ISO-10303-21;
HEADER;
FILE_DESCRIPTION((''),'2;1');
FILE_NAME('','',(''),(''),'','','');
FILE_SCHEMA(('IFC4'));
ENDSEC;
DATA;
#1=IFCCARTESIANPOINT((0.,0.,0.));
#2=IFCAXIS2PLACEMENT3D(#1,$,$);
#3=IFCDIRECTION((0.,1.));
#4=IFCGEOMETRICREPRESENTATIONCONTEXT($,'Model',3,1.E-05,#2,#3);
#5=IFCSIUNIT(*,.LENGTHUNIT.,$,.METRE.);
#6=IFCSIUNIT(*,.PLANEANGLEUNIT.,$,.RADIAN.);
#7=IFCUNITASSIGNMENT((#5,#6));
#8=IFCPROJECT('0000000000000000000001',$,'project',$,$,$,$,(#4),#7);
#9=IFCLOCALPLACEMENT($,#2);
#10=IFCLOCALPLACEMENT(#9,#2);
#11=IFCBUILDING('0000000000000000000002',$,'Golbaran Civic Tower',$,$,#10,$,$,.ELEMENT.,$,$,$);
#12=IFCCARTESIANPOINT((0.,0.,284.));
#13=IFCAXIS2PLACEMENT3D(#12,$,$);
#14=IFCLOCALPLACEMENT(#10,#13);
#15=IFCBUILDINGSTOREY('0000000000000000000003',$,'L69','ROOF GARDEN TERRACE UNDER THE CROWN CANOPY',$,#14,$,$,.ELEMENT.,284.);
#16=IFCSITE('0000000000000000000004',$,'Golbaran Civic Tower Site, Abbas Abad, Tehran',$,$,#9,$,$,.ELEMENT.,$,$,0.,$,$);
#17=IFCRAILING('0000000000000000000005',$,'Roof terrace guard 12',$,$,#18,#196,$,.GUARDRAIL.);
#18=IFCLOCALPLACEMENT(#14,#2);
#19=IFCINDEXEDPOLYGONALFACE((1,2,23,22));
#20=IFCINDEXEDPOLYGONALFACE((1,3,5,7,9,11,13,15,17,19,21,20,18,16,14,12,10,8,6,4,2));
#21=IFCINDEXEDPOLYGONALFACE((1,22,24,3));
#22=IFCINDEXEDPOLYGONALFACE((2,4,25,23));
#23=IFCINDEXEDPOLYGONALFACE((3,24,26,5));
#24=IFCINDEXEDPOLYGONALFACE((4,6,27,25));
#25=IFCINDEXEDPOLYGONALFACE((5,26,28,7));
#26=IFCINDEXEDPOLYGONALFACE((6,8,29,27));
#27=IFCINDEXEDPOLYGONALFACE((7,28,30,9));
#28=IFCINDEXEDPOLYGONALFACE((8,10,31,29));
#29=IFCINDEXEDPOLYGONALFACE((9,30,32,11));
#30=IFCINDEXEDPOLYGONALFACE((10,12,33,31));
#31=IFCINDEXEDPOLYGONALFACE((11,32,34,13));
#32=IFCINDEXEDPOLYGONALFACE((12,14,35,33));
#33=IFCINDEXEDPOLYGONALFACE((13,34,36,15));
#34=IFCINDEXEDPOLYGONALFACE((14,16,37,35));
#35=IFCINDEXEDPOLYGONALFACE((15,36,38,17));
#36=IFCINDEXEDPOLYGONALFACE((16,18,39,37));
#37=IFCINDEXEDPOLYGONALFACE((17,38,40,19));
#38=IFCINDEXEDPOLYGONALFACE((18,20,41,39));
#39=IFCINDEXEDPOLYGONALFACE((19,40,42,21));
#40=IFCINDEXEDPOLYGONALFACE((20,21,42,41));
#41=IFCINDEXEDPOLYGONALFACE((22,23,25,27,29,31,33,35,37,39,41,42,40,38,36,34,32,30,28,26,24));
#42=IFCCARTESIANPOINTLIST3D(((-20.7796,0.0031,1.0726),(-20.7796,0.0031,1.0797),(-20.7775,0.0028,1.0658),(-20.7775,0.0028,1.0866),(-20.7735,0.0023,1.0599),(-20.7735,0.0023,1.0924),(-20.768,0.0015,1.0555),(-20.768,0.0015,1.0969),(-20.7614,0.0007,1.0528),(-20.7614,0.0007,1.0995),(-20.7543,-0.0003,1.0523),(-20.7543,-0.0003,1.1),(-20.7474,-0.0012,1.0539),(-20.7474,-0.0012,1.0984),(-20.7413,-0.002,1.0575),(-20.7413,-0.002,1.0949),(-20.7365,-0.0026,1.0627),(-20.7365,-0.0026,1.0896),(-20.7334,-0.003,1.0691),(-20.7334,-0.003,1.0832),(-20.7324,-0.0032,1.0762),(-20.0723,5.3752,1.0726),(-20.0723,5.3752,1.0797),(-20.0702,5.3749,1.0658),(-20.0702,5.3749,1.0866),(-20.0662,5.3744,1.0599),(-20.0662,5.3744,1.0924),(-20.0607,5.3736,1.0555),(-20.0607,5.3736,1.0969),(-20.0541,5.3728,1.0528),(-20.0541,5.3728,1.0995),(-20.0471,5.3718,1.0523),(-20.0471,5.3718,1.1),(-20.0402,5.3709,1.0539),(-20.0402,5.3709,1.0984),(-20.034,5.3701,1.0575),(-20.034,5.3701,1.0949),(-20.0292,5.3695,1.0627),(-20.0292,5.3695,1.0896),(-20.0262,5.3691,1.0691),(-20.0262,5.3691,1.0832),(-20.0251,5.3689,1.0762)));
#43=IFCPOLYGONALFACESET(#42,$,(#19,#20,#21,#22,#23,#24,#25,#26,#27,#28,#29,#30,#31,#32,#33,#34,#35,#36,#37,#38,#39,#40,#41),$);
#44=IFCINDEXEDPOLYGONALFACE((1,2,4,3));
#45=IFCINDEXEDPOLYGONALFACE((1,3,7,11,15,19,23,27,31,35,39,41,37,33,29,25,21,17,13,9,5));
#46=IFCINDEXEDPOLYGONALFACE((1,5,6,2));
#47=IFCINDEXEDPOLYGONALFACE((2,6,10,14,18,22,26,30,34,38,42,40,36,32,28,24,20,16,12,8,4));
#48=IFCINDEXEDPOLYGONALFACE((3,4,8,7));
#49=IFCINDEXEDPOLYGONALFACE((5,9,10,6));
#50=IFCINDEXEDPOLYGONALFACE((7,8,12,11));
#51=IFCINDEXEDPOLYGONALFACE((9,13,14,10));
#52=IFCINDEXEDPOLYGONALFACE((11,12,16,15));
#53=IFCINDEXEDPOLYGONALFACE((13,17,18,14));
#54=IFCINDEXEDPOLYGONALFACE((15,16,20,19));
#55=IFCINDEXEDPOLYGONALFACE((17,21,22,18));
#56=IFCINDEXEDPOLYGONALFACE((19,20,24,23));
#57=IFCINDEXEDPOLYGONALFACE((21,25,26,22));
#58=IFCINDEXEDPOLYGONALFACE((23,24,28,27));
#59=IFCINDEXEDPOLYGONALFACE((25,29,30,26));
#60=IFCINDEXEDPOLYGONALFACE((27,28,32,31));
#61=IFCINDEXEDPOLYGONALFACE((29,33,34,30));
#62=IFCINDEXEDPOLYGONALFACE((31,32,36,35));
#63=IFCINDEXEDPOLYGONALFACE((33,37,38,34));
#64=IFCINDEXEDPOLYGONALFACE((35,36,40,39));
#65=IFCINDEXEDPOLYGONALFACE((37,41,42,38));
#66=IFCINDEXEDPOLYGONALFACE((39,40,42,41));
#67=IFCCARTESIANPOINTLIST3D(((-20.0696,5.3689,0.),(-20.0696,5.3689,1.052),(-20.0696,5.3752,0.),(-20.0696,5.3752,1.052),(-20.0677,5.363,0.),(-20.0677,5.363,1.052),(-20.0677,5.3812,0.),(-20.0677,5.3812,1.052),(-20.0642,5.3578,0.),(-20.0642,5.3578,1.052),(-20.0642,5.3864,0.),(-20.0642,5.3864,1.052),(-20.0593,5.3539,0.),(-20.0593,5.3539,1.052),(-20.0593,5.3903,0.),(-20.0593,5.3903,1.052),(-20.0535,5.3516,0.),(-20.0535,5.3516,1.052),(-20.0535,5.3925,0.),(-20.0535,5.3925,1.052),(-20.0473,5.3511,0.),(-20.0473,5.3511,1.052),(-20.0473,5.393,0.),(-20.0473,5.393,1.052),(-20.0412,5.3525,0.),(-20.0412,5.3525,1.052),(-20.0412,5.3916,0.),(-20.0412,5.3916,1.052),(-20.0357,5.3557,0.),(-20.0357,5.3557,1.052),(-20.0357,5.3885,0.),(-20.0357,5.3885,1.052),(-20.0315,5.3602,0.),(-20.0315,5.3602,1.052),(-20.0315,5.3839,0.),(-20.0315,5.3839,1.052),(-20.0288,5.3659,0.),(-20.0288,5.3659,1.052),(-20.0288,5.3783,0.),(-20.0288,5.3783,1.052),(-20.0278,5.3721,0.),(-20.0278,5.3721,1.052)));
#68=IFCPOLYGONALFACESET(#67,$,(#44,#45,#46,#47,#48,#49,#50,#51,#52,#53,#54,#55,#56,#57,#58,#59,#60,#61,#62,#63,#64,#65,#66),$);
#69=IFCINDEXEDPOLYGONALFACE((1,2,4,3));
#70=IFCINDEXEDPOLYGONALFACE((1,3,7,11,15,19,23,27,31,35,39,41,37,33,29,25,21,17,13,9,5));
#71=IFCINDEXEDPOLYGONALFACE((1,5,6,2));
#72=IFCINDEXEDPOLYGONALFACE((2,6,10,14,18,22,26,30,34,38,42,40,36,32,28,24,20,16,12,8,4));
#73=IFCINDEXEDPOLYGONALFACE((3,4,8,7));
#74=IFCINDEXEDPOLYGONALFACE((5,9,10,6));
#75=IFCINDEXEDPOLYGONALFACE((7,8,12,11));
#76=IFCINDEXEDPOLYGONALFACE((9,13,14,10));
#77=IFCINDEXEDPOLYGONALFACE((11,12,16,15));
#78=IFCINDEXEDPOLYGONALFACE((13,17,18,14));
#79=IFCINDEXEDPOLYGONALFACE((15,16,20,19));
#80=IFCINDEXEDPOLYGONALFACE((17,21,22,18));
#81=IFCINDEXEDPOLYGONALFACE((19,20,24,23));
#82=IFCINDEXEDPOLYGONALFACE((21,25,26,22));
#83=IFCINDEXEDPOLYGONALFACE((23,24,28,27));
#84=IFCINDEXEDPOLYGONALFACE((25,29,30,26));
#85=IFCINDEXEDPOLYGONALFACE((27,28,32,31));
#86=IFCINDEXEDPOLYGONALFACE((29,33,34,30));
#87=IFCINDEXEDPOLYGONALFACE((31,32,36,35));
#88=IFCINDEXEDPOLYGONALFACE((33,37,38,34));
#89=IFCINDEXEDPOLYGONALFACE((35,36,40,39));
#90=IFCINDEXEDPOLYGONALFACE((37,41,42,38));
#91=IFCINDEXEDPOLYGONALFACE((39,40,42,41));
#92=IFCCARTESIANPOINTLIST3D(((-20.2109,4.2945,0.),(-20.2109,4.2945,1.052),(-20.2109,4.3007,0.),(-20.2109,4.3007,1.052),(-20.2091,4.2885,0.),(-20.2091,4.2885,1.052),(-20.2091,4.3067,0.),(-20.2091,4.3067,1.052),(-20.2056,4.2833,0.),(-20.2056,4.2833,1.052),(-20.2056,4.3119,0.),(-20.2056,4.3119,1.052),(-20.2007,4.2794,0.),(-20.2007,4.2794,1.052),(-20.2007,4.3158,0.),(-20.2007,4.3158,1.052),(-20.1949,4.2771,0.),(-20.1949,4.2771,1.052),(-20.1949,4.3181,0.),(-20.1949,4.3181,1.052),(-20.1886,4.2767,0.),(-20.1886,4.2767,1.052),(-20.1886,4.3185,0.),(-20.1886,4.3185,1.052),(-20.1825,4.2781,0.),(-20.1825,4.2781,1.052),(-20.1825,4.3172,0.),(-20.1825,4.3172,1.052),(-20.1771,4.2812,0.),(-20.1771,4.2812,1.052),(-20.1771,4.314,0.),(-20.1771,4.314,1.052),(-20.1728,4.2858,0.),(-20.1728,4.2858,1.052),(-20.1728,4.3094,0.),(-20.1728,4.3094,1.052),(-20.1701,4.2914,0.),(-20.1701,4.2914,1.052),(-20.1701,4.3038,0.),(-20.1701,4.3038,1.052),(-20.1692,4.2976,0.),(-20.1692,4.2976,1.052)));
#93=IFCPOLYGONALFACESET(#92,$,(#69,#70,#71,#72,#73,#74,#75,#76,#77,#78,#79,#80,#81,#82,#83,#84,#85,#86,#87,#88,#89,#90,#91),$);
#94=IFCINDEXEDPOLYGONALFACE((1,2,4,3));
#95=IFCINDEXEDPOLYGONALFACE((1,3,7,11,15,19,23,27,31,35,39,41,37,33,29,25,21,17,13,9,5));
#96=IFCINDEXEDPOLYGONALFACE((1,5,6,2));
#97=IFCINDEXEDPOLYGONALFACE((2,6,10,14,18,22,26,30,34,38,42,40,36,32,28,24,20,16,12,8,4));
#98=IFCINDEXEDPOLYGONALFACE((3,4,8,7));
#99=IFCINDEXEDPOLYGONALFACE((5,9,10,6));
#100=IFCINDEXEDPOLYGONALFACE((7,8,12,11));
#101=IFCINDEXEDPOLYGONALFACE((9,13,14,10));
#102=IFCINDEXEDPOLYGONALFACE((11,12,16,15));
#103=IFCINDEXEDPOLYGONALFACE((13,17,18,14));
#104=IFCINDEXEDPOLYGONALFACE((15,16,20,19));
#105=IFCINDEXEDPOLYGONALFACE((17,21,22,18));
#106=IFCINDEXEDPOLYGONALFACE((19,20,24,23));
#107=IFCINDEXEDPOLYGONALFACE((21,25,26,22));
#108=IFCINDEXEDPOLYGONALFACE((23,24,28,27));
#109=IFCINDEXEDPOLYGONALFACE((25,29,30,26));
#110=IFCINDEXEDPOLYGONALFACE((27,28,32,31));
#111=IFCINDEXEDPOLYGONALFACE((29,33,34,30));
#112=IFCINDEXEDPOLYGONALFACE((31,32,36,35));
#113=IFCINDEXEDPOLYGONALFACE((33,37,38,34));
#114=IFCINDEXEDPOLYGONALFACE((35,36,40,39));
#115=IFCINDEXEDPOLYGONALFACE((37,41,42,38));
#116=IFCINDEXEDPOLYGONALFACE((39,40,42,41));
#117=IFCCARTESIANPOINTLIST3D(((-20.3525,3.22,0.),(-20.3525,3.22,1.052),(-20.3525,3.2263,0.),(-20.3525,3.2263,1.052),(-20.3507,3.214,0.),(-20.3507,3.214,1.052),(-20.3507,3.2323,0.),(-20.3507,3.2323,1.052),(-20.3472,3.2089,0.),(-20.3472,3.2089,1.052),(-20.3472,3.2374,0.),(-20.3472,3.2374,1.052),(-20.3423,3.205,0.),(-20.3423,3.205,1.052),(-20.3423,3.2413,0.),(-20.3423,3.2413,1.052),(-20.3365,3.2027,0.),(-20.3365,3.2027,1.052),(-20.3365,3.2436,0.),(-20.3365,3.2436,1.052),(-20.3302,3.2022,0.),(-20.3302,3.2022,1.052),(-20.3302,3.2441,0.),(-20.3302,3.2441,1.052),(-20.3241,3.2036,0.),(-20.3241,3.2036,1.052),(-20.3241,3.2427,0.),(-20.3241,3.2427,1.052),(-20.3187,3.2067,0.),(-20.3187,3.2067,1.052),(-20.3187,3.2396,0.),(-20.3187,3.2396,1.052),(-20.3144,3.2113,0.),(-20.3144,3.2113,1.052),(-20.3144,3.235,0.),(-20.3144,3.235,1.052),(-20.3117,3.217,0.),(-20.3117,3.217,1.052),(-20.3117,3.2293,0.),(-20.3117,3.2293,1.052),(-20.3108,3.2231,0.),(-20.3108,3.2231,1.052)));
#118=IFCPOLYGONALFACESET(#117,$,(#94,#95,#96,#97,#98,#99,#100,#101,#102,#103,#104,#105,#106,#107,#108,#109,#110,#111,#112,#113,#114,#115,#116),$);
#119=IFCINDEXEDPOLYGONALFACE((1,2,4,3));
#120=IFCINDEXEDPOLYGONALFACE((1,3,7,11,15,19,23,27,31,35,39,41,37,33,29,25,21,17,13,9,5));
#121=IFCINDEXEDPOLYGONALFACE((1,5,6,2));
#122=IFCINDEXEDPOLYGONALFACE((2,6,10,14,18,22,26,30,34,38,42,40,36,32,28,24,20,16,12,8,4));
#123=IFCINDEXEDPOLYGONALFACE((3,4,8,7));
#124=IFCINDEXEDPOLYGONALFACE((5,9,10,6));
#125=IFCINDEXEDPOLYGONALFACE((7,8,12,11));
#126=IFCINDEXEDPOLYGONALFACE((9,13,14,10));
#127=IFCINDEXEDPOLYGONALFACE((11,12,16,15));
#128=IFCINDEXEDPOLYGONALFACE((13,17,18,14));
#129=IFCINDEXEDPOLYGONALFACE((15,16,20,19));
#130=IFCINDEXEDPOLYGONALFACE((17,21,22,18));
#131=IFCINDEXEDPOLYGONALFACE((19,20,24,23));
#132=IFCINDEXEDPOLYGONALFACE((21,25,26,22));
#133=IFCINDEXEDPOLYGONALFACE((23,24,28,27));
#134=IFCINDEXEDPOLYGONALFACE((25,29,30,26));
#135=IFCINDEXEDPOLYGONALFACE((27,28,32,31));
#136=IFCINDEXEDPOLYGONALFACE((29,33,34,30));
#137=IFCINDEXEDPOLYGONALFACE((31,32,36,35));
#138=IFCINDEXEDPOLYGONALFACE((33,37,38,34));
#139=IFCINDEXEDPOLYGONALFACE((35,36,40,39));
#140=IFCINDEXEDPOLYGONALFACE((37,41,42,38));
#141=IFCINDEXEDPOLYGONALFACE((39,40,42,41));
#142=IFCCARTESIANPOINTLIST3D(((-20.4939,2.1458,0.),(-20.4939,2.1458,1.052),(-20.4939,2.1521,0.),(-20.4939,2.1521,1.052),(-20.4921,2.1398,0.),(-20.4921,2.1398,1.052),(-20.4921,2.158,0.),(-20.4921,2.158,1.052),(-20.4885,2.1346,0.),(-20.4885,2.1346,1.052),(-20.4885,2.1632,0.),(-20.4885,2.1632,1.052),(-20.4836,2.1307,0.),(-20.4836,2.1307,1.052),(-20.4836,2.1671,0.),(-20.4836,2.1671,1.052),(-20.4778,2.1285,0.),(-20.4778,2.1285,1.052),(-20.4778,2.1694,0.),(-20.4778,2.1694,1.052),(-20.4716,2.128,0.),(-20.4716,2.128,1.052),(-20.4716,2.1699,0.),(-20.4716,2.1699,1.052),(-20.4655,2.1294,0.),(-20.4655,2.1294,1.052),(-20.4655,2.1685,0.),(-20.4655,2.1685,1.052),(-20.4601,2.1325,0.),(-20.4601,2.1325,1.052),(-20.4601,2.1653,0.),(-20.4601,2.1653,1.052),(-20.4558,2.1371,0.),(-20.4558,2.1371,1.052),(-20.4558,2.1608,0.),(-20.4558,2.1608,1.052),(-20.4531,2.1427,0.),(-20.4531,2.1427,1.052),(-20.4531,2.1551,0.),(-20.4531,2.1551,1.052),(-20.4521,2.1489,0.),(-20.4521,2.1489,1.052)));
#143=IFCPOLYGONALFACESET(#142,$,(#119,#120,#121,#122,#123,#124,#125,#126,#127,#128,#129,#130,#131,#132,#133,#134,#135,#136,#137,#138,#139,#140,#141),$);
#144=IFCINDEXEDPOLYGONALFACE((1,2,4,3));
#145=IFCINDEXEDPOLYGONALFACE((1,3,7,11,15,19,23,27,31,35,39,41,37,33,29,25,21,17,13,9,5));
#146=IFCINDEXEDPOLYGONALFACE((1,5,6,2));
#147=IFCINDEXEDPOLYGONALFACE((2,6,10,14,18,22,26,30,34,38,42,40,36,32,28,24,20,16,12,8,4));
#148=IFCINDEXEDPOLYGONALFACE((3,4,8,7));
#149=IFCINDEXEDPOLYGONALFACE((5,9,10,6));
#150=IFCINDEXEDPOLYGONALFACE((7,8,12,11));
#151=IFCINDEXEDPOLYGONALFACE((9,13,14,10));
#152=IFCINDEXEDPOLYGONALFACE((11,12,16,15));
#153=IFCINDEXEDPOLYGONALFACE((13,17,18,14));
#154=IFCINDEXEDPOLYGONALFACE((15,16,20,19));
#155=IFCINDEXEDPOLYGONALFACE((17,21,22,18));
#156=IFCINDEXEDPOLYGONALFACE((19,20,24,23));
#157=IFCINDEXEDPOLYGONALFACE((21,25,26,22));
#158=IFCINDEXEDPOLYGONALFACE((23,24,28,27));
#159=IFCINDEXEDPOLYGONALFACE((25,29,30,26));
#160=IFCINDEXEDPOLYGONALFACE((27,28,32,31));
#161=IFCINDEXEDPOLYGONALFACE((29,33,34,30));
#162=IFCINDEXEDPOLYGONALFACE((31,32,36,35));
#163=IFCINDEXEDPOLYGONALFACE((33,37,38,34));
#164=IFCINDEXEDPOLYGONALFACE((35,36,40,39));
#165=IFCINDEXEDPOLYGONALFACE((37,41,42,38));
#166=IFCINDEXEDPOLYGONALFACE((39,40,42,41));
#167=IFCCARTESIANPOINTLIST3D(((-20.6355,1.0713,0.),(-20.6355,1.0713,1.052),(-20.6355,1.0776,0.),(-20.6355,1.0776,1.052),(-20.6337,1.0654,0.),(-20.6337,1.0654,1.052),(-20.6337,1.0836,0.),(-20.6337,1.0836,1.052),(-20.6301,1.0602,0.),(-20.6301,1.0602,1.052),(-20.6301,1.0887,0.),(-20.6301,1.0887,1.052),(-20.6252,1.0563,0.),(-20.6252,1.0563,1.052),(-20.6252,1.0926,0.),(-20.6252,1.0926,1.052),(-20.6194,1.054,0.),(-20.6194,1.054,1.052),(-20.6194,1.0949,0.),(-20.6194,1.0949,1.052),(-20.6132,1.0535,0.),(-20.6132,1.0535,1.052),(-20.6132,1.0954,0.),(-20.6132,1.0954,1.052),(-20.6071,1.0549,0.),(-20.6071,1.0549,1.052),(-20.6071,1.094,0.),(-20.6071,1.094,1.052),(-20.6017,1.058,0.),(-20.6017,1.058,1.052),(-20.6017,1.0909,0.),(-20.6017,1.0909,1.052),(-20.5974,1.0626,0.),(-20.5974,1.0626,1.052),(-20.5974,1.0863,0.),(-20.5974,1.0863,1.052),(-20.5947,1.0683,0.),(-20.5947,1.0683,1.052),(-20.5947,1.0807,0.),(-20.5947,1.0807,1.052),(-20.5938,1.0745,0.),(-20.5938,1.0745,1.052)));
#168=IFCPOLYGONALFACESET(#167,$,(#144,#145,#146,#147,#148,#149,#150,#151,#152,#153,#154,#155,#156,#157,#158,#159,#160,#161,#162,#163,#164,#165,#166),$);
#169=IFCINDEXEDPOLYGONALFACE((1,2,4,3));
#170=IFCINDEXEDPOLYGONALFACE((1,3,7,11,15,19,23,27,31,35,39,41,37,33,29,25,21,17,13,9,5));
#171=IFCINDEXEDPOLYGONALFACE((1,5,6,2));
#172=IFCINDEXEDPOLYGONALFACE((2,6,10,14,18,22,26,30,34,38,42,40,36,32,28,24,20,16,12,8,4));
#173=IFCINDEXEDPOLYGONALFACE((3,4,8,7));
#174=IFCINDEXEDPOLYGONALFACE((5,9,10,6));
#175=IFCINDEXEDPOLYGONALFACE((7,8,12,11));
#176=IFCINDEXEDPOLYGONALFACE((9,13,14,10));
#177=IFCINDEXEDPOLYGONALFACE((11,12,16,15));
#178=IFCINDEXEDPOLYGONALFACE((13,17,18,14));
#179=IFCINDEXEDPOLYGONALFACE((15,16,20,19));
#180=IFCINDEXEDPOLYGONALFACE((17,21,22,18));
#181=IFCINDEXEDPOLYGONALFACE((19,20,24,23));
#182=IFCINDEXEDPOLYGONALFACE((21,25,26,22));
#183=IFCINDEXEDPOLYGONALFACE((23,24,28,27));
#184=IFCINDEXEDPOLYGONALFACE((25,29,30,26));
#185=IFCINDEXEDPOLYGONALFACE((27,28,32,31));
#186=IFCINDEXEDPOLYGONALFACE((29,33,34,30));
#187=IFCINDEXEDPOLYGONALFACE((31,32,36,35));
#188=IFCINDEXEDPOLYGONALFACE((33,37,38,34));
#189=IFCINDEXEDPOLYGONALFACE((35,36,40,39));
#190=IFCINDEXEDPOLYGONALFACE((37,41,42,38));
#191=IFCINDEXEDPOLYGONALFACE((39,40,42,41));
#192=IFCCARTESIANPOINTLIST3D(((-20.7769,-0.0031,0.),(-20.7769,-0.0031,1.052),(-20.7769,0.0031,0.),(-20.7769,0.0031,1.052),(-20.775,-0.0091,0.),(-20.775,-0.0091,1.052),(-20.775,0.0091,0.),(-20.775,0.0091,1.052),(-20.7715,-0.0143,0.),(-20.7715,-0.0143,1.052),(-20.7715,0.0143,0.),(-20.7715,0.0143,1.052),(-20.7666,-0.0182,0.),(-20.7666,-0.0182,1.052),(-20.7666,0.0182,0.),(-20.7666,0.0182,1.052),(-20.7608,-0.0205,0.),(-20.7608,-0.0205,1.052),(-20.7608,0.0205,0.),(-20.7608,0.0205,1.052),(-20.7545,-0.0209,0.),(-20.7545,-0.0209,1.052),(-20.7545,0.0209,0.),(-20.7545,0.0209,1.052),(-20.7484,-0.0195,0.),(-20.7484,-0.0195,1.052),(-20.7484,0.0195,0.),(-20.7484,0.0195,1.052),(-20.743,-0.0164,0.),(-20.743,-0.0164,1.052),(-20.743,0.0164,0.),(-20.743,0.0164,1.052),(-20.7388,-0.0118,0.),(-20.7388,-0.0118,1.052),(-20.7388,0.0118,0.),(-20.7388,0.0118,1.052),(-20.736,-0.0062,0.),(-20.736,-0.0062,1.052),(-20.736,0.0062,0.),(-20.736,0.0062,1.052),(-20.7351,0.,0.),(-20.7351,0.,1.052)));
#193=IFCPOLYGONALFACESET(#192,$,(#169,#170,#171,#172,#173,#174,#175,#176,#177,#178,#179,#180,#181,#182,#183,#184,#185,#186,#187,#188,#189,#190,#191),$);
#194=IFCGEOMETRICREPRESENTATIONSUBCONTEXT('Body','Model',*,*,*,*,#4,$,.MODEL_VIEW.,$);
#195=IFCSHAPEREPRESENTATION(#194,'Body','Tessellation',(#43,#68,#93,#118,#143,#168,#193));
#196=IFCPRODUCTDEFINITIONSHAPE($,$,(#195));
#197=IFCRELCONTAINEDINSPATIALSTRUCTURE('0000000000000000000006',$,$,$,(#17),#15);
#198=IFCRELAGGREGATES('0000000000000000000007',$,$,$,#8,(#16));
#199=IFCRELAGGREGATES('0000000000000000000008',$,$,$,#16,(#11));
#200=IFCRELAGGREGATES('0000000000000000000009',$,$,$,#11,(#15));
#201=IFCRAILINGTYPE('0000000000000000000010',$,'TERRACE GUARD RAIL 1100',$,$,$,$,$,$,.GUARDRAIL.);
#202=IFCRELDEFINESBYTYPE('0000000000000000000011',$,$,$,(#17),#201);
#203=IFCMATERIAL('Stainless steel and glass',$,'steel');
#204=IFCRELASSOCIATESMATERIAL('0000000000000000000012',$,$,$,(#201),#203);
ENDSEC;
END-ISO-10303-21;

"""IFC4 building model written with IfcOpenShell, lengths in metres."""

from ifc_helpers import new_model, si_unit, direction, frame, origin, origin_2d, place, context, subcontext, project, spatial, circle, extrude, material, type_object, element, save


model = new_model("IFC4")

# Units and contexts
model_context = context("Model", 3, precision=1e-05, world=origin(), true_north=direction((0.0, 1.0)))
body_context = subcontext(model_context, "Body", "Model", "MODEL_VIEW")
ifc_project = project(units=[si_unit("LENGTHUNIT", "METRE"), si_unit("PLANEANGLEUNIT", "RADIAN")], contexts=[model_context])

# Site, building, storey
site_placement = place(None, origin())
site = spatial("IfcSite", under=ifc_project, at=site_placement, Name="Golbaran Civic Tower Site, Abbas Abad, Tehran", CompositionType="ELEMENT", RefElevation=0.0)
building_placement = place(site_placement, origin())
building = spatial("IfcBuilding", under=site, at=building_placement, Name="Golbaran Civic Tower", CompositionType="ELEMENT")
storey_placement = place(building_placement, frame((0.0, 0.0, 284.0)))
storey = spatial("IfcBuildingStorey", under=building, at=storey_placement, Name="L69", Description="ROOF GARDEN TERRACE UNDER THE CROWN CANOPY", CompositionType="ELEMENT", Elevation=284.0)

# Railing
ifc_material_1 = material(Name="Stainless steel and glass", Category="steel")
railing_type = type_object("IfcRailingType", Name="TERRACE GUARD RAIL 1100", PredefinedType="GUARDRAIL", material=ifc_material_1)
railing_1_placement = place(storey_placement, frame((-20.0488, 5.3721, 0.0)))
element("IfcRailing", 1, at=railing_1_placement, inside=storey, type_object=railing_type, Name="Roof terrace guard 12", PredefinedType="GUARDRAIL", context=body_context, shape_type="SweptSolid", body=[
    extrude(circle(Radius=0.0239, at=origin_2d()), frame((0.0, 0.0, 1.0762), z_axis=(-0.130531, -0.991444, 0.0), x_axis=(0.991444, -0.130531, 0.0)), (0.0, 0.0, 1.0), 5.4185),
    extrude(circle(Radius=0.021, at=origin_2d()), origin(), (0.0, 0.0, 1.0), 1.052),
    extrude(circle(Radius=0.021, at=origin_2d()), frame((-0.1414, -1.0745, 0.0)), (0.0, 0.0, 1.0), 1.052),
    extrude(circle(Radius=0.021, at=origin_2d()), frame((-0.283, -2.1489, 0.0)), (0.0, 0.0, 1.0), 1.052),
    extrude(circle(Radius=0.021, at=origin_2d()), frame((-0.4243, -3.2231, 0.0)), (0.0, 0.0, 1.0), 1.052),
    extrude(circle(Radius=0.021, at=origin_2d()), frame((-0.5659, -4.2976, 0.0)), (0.0, 0.0, 1.0), 1.052),
    extrude(circle(Radius=0.021, at=origin_2d()), frame((-0.7073, -5.3721, 0.0)), (0.0, 0.0, 1.0), 1.052),
])

save(model, "model.ifc")
